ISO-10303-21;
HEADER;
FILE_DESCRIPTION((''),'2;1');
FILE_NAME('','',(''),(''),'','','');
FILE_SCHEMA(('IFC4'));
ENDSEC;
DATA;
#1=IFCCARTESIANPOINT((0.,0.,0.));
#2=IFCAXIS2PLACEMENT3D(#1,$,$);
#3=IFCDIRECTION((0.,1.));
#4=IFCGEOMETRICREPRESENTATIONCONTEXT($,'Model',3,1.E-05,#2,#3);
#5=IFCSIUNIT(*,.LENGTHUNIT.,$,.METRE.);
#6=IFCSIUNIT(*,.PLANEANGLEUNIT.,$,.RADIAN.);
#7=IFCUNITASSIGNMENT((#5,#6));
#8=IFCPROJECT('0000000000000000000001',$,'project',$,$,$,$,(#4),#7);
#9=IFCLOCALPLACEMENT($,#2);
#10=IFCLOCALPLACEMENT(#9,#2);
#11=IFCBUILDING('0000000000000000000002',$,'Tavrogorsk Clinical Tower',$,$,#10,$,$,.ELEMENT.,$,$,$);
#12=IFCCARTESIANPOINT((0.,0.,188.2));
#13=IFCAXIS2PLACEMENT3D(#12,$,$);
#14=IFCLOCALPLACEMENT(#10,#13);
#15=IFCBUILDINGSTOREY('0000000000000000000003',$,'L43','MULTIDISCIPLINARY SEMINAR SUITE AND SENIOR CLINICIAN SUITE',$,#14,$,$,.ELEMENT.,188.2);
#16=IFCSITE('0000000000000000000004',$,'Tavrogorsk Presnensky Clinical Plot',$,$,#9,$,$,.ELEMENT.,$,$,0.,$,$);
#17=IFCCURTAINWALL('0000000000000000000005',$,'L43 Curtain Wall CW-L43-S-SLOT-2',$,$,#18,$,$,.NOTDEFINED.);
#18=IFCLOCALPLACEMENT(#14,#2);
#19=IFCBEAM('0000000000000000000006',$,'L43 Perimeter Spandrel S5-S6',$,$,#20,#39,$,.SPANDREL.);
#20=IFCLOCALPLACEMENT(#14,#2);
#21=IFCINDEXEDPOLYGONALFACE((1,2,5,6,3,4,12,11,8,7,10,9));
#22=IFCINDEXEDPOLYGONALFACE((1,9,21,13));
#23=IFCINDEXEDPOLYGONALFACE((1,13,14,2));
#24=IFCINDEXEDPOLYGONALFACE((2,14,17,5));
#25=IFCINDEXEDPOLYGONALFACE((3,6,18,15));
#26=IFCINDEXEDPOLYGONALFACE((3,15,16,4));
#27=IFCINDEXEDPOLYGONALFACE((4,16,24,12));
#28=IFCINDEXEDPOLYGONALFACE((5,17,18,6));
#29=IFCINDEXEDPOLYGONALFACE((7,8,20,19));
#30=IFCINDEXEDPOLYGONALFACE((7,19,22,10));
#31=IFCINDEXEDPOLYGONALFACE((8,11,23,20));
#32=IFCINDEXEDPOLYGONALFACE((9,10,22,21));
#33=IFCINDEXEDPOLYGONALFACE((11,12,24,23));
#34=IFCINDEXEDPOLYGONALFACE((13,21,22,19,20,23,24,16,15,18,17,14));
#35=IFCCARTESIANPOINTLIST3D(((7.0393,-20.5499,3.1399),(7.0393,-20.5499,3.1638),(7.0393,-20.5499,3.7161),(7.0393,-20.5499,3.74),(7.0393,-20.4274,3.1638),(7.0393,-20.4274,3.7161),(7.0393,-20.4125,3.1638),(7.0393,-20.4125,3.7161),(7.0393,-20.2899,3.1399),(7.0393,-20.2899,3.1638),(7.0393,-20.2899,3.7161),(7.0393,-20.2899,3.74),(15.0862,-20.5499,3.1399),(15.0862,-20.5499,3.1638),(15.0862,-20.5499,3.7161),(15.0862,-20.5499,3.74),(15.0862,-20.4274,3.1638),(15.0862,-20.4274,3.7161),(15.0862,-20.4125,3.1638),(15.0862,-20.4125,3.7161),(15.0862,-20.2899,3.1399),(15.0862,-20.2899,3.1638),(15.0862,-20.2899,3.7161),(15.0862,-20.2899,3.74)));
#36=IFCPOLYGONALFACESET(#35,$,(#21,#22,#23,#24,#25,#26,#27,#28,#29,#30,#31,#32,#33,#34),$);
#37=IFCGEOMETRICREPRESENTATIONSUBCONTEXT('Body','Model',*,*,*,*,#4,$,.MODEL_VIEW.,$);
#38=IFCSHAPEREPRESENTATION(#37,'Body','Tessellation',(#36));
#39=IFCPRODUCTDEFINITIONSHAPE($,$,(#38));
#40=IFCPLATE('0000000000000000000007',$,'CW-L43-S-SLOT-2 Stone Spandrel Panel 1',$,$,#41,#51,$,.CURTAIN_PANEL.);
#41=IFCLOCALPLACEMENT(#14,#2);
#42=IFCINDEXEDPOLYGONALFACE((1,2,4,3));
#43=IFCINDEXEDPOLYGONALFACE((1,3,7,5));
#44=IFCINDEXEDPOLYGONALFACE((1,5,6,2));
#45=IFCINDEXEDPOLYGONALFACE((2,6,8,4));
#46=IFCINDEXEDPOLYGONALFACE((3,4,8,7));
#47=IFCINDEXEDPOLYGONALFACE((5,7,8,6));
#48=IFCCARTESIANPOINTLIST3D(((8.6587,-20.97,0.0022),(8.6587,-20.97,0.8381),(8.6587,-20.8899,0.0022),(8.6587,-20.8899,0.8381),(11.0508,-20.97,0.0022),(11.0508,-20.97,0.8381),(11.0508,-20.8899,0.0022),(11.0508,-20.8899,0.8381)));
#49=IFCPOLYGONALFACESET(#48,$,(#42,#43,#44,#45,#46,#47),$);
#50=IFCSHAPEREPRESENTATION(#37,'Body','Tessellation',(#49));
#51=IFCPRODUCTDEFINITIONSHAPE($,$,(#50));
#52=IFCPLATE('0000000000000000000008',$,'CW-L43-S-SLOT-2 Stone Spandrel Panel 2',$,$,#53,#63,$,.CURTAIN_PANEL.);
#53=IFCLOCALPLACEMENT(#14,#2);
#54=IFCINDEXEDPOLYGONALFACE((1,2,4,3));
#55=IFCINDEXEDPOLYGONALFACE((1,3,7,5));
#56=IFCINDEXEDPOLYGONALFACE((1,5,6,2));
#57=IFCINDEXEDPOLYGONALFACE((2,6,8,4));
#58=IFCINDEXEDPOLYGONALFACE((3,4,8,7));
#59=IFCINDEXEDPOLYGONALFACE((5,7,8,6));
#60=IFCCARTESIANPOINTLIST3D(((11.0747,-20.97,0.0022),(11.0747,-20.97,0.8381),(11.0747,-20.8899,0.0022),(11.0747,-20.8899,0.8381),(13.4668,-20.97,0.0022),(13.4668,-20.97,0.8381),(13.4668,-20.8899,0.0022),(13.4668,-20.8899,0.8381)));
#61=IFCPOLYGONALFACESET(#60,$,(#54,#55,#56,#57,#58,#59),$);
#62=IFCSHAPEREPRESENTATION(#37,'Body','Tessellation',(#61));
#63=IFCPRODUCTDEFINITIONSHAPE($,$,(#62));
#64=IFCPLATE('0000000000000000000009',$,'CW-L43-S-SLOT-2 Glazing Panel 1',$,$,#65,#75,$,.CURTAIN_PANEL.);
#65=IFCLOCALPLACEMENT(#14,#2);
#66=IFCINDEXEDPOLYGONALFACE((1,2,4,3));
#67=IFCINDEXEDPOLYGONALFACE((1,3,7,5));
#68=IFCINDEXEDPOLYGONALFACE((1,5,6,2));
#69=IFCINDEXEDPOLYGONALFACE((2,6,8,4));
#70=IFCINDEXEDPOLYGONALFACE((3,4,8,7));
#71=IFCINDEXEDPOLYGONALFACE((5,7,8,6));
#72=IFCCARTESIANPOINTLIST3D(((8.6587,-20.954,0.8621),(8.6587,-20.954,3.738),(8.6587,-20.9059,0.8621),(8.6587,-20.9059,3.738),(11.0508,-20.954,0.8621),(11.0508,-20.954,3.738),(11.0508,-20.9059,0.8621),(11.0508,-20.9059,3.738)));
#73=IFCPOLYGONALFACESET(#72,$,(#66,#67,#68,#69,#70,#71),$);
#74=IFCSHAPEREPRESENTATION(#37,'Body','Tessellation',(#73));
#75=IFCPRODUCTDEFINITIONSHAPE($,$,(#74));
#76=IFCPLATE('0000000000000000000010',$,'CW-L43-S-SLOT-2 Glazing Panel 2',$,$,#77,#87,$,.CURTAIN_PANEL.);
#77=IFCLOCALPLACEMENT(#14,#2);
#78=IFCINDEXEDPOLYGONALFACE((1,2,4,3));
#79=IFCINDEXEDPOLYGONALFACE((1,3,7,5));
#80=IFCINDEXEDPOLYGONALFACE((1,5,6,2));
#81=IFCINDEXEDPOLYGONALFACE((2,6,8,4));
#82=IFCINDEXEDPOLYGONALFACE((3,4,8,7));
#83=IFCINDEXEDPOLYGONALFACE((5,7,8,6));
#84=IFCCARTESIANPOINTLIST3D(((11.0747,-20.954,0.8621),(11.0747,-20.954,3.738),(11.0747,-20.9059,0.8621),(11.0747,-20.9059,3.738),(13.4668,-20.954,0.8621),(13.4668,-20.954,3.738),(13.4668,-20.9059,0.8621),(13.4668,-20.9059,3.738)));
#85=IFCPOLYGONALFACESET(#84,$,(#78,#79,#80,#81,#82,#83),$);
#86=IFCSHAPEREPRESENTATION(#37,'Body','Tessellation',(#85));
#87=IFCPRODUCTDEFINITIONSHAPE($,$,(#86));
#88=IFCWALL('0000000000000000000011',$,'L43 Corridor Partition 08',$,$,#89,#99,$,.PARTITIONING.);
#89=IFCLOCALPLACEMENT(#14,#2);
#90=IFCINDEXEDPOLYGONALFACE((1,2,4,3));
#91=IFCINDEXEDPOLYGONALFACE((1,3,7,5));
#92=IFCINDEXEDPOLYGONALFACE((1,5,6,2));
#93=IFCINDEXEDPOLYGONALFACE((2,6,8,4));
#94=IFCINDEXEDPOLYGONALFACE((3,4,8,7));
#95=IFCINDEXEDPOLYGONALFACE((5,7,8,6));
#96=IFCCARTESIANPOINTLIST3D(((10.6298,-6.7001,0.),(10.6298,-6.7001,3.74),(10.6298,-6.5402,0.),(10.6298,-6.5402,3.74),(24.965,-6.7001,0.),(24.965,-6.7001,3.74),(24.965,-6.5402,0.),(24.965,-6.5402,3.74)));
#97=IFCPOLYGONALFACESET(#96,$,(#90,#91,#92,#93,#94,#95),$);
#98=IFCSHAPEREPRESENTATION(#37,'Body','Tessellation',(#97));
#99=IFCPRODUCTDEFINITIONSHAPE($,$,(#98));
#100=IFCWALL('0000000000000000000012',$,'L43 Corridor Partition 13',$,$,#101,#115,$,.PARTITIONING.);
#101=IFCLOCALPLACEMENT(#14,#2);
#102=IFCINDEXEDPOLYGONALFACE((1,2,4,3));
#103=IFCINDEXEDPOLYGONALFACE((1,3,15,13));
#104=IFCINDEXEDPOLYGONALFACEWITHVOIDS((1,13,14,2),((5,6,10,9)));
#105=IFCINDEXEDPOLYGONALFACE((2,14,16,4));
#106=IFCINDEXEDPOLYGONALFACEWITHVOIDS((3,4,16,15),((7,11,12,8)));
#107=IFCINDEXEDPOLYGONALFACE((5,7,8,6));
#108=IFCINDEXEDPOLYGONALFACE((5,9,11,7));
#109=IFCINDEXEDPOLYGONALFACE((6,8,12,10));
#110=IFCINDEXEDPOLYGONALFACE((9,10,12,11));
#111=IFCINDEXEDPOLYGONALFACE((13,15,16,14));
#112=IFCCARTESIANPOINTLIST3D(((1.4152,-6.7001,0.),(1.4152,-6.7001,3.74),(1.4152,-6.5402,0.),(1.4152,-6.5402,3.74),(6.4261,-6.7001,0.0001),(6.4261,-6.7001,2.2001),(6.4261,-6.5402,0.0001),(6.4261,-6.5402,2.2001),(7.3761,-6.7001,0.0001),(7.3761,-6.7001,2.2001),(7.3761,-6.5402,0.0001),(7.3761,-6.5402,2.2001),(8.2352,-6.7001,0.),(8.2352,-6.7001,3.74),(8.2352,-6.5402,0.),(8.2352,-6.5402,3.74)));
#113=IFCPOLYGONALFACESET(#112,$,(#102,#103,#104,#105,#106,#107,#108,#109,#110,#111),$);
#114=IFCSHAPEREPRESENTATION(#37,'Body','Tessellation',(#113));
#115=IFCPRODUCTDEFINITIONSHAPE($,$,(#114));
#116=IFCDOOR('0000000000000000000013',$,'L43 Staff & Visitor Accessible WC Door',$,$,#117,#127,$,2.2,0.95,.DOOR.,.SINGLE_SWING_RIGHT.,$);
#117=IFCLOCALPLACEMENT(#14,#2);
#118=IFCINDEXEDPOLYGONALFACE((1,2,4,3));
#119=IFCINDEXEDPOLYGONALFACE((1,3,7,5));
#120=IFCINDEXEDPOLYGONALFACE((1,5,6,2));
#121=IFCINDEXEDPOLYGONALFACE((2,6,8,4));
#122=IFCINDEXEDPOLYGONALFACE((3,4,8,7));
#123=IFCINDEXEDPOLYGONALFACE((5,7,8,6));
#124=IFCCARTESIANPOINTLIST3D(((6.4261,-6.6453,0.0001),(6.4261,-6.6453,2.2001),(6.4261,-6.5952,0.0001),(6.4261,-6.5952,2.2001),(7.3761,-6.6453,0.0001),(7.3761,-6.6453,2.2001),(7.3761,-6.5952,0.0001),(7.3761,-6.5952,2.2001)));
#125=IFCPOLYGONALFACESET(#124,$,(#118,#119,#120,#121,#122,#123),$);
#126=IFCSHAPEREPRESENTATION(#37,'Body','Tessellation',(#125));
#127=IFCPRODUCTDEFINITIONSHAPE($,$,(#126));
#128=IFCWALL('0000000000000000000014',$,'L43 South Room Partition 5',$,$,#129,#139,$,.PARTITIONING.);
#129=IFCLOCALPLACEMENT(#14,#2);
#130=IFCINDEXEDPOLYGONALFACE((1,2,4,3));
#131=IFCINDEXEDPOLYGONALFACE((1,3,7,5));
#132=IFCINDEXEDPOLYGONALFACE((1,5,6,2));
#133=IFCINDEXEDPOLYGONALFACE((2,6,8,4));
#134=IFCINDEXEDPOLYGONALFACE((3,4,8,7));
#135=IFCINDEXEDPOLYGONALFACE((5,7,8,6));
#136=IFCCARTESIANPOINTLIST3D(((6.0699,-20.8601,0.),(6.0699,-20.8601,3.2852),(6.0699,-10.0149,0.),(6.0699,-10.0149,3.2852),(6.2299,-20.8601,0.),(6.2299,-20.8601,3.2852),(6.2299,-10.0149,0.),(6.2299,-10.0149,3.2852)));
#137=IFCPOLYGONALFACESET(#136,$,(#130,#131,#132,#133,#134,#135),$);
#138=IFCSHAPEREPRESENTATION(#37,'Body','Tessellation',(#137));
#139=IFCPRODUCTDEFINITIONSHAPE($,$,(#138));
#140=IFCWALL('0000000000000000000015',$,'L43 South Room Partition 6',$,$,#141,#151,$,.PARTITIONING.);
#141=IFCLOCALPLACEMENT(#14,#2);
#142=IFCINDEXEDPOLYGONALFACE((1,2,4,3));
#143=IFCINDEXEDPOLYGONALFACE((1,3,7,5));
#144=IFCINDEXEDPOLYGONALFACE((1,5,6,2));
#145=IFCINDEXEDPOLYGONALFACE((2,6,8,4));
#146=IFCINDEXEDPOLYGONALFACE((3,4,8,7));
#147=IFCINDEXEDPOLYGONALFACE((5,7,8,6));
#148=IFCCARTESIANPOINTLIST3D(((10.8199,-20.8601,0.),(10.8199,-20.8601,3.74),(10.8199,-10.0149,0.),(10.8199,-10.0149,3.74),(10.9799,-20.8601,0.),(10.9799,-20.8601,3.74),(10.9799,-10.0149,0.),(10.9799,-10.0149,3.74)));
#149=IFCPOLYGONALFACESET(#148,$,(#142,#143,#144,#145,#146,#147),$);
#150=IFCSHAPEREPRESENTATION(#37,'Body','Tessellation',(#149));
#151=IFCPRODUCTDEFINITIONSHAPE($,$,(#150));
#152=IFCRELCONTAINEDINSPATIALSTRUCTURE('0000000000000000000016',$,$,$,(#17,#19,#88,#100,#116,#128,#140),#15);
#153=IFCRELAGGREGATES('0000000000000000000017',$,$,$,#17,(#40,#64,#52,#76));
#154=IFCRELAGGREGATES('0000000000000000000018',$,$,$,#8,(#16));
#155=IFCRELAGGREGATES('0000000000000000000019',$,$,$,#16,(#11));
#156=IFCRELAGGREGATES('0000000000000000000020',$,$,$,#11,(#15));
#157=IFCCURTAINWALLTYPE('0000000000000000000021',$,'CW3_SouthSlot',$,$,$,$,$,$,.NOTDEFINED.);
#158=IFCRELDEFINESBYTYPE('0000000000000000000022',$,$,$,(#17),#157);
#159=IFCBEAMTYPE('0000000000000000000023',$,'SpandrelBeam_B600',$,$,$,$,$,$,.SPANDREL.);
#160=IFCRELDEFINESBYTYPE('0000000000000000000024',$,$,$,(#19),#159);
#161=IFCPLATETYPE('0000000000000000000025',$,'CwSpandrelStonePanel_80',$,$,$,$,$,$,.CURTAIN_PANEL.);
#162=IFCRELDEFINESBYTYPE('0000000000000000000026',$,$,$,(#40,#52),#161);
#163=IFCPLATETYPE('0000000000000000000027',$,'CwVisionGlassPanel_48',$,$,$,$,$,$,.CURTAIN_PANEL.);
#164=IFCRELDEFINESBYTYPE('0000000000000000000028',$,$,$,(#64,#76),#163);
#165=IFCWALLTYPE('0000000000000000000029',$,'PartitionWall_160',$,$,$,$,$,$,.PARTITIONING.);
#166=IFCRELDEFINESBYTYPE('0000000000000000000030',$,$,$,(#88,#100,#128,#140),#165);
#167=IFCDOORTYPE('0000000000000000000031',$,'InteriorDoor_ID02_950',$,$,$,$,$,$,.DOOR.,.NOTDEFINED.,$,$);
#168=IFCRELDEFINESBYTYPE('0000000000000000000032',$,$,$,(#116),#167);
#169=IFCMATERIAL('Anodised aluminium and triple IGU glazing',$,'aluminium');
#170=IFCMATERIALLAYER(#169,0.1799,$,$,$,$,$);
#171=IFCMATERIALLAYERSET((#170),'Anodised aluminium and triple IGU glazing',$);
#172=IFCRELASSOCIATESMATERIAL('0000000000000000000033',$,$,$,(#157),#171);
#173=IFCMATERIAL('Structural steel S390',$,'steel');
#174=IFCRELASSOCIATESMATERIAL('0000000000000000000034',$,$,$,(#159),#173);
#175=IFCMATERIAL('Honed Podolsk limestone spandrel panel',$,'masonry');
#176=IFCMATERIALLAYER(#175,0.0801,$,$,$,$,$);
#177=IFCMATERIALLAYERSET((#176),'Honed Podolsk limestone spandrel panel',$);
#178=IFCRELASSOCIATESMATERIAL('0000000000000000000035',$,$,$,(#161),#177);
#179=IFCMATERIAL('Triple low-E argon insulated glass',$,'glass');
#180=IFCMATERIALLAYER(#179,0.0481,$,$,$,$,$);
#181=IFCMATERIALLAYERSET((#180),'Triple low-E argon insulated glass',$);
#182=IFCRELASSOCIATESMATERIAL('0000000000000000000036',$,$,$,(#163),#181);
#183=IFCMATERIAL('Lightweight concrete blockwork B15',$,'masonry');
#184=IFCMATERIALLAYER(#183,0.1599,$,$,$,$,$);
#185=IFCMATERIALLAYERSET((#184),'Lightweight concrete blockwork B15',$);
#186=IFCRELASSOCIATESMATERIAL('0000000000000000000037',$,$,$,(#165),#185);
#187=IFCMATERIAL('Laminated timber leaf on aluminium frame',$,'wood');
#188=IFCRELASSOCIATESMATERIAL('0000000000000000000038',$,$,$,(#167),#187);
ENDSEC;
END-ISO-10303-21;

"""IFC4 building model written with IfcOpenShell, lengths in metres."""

from ifc_helpers import new_model, si_unit, direction, frame, frame_2d, origin, origin_2d, place, context, subcontext, project, spatial, rectangle, i_section, extrude, material, layer, layer_set, material_profile, profile_set, type_object, element, fill, aggregate, save


model = new_model("IFC4")

# Units and contexts
model_context = context("Model", 3, precision=1e-05, world=origin(), true_north=direction((0.0, 1.0)))
body_context = subcontext(model_context, "Body", "Model", "MODEL_VIEW")
ifc_project = project(units=[si_unit("LENGTHUNIT", "METRE"), si_unit("PLANEANGLEUNIT", "RADIAN")], contexts=[model_context])

# Site, building, storey
site_placement = place(None, origin())
site = spatial("IfcSite", under=ifc_project, at=site_placement, Name="Tavrogorsk Presnensky Clinical Plot", CompositionType="ELEMENT", RefElevation=0.0)
building_placement = place(site_placement, origin())
building = spatial("IfcBuilding", under=site, at=building_placement, Name="Tavrogorsk Clinical Tower", CompositionType="ELEMENT")
storey_placement = place(building_placement, frame((0.0, 0.0, 188.2)))
storey = spatial("IfcBuildingStorey", under=building, at=storey_placement, Name="L43", Description="MULTIDISCIPLINARY SEMINAR SUITE AND SENIOR CLINICIAN SUITE", CompositionType="ELEMENT", Elevation=188.2)

# Curtain wall
ifc_material_1 = material(Name="Anodised aluminium and triple IGU glazing", Category="aluminium")
ifc_layer_1 = layer(ifc_material_1, 0.1799)
ifc_layer_set_1 = layer_set([ifc_layer_1], Name="Anodised aluminium and triple IGU glazing")
curtain_wall_type = type_object("IfcCurtainWallType", Name="CW3_SouthSlot", PredefinedType="NOTDEFINED", material=ifc_layer_set_1)
curtain_wall_placement = place(storey_placement, origin())
curtain_wall = element("IfcCurtainWall", 1, at=curtain_wall_placement, inside=storey, type_object=curtain_wall_type, Name="L43 Curtain Wall CW-L43-S-SLOT-2", PredefinedType="NOTDEFINED")

# Beam
ifc_material_2 = material(Name="Structural steel S390", Category="steel")
ifc_material_profile_1 = material_profile(ifc_material_2, i_section(OverallWidth=0.26, OverallDepth=0.6001, WebThickness=0.0149, FlangeThickness=0.0239, at=origin_2d()), Name="B-600x260x15x24")
ifc_profile_set_1 = profile_set([ifc_material_profile_1], Name="Structural steel S390")
beam_type_1 = type_object("IfcBeamType", Name="SpandrelBeam_B600", PredefinedType="SPANDREL", material=ifc_profile_set_1)
beam_1_placement = place(storey_placement, frame((7.0393, -20.4199, 3.4399), z_axis=(1.0, 0.0, 0.0), x_axis=(0.0, 1.0, 0.0)))
element("IfcBeam", 2, at=beam_1_placement, inside=storey, type_object=beam_type_1, Name="L43 Perimeter Spandrel S5-S6", PredefinedType="SPANDREL", context=body_context, shape_type="SweptSolid", body=[
    extrude(i_section(OverallWidth=0.26, OverallDepth=0.6001, WebThickness=0.0149, FlangeThickness=0.0239, at=origin_2d()), origin(), (0.0, 0.0, 1.0), 8.0469),
])

# Plates
ifc_material_3 = material(Name="Honed Podolsk limestone spandrel panel", Category="masonry")
ifc_layer_2 = layer(ifc_material_3, 0.0801)
ifc_layer_set_2 = layer_set([ifc_layer_2], Name="Honed Podolsk limestone spandrel panel")
plate_type_1 = type_object("IfcPlateType", Name="CwSpandrelStonePanel_80", PredefinedType="CURTAIN_PANEL", material=ifc_layer_set_2)
plate_1_placement = place(storey_placement, frame((9.8547, -20.9299, 0.0022), z_axis=(0.0, 0.0, 1.0), x_axis=(1.0, 0.0, 0.0)))
plate_1 = element("IfcPlate", 3, at=plate_1_placement, type_object=plate_type_1, Name="CW-L43-S-SLOT-2 Stone Spandrel Panel 1", PredefinedType="CURTAIN_PANEL", context=body_context, shape_type="SweptSolid", body=[
    extrude(rectangle(XDim=2.3921, YDim=0.0801, at=origin_2d()), origin(), (0.0, 0.0, 1.0), 0.8359),
])
plate_2_placement = place(storey_placement, frame((12.2708, -20.9299, 0.0022), z_axis=(0.0, 0.0, 1.0), x_axis=(1.0, 0.0, 0.0)))
plate_2 = element("IfcPlate", 4, at=plate_2_placement, type_object=plate_type_1, Name="CW-L43-S-SLOT-2 Stone Spandrel Panel 2", PredefinedType="CURTAIN_PANEL", context=body_context, shape_type="SweptSolid", body=[
    extrude(rectangle(XDim=2.3921, YDim=0.0801, at=origin_2d()), origin(), (0.0, 0.0, 1.0), 0.8359),
])
ifc_material_4 = material(Name="Triple low-E argon insulated glass", Category="glass")
ifc_layer_3 = layer(ifc_material_4, 0.0481)
ifc_layer_set_3 = layer_set([ifc_layer_3], Name="Triple low-E argon insulated glass")
plate_type_2 = type_object("IfcPlateType", Name="CwVisionGlassPanel_48", PredefinedType="CURTAIN_PANEL", material=ifc_layer_set_3)
plate_3_placement = place(storey_placement, frame((9.8547, -20.9299, 0.8621), z_axis=(0.0, 0.0, 1.0), x_axis=(1.0, 0.0, 0.0)))
plate_3 = element("IfcPlate", 5, at=plate_3_placement, type_object=plate_type_2, Name="CW-L43-S-SLOT-2 Glazing Panel 1", PredefinedType="CURTAIN_PANEL", context=body_context, shape_type="SweptSolid", body=[
    extrude(rectangle(XDim=2.3921, YDim=0.0481, at=origin_2d()), origin(), (0.0, 0.0, 1.0), 2.876),
])
plate_4_placement = place(storey_placement, frame((12.2708, -20.9299, 0.8621), z_axis=(0.0, 0.0, 1.0), x_axis=(1.0, 0.0, 0.0)))
plate_4 = element("IfcPlate", 6, at=plate_4_placement, type_object=plate_type_2, Name="CW-L43-S-SLOT-2 Glazing Panel 2", PredefinedType="CURTAIN_PANEL", context=body_context, shape_type="SweptSolid", body=[
    extrude(rectangle(XDim=2.3921, YDim=0.0481, at=origin_2d()), origin(), (0.0, 0.0, 1.0), 2.876),
])
aggregate(curtain_wall, [plate_1, plate_3, plate_2, plate_4])

# Wall
ifc_material_5 = material(Name="Lightweight concrete blockwork B15", Category="masonry")
ifc_layer_4 = layer(ifc_material_5, 0.1599)
ifc_layer_set_4 = layer_set([ifc_layer_4], Name="Lightweight concrete blockwork B15")
wall_type_1 = type_object("IfcWallType", Name="PartitionWall_160", PredefinedType="PARTITIONING", material=ifc_layer_set_4)
wall_1_placement = place(storey_placement, frame((10.6299, -6.6201, 0.0), z_axis=(0.0, 0.0, 1.0), x_axis=(1.0, 0.0, 0.0)))
element("IfcWall", 7, at=wall_1_placement, inside=storey, type_object=wall_type_1, Name="L43 Corridor Partition 08", PredefinedType="PARTITIONING", context=body_context, shape_type="SweptSolid", body=[
    extrude(rectangle(XDim=14.3352, YDim=0.1599, at=frame_2d((7.1675, 0.0))), origin(), (0.0, 0.0, 1.0), 3.74),
])

# Wall, opening, door
wall_2_placement = place(storey_placement, frame((1.415, -6.6201, 0.0), z_axis=(0.0, 0.0, 1.0), x_axis=(1.0, 0.0, 0.0)))
wall_2 = element("IfcWall", 8, at=wall_2_placement, inside=storey, type_object=wall_type_1, Name="L43 Corridor Partition 13", PredefinedType="PARTITIONING", context=body_context, shape_type="SweptSolid", body=[
    extrude(rectangle(XDim=6.8201, YDim=0.1599, at=frame_2d((3.4102, 0.0))), origin(), (0.0, 0.0, 1.0), 3.74),
])
opening_1_placement = place(wall_2_placement, frame((5.011, 0.0, 0.0)))
opening_1 = element("IfcOpeningElement", 9, at=opening_1_placement, cuts=wall_2, PredefinedType="OPENING", context=body_context, shape_type="SweptSolid", body=[
    extrude(rectangle(XDim=0.95, YDim=2.2, at=frame_2d((0.4751, 1.1001))), frame((0.0, 0.0898, 0.0), z_axis=(0.0, -1.0, 0.0), x_axis=(1.0, 0.0, 0.0)), (0.0, 0.0, 1.0), 0.1799),
])
ifc_material_6 = material(Name="Laminated timber leaf on aluminium frame", Category="wood")
door_type = type_object("IfcDoorType", Name="InteriorDoor_ID02_950", OperationType="NOTDEFINED", PredefinedType="DOOR", material=ifc_material_6)
door_placement = place(opening_1_placement, origin())
door = element("IfcDoor", 10, at=door_placement, inside=storey, type_object=door_type, Name="L43 Staff & Visitor Accessible WC Door", OperationType="SINGLE_SWING_RIGHT", OverallHeight=2.2, OverallWidth=0.95, PredefinedType="DOOR", context=body_context, shape_type="SweptSolid", body=[
    extrude(rectangle(XDim=0.95, YDim=2.2, at=frame_2d((0.4751, 1.1001))), frame((0.0, 0.0249, 0.0), z_axis=(0.0, -1.0, 0.0), x_axis=(1.0, 0.0, 0.0)), (0.0, 0.0, 1.0), 0.05),
])
fill(opening_1, door)

# Walls
wall_3_placement = place(storey_placement, frame((6.1499, -20.8601, 0.0), z_axis=(0.0, 0.0, 1.0), x_axis=(0.0, 1.0, 0.0)))
element("IfcWall", 11, at=wall_3_placement, inside=storey, type_object=wall_type_1, Name="L43 South Room Partition 5", PredefinedType="PARTITIONING", context=body_context, shape_type="SweptSolid", body=[
    extrude(rectangle(XDim=10.8452, YDim=0.1599, at=frame_2d((5.4226, 0.0))), origin(), (0.0, 0.0, 1.0), 3.2852),
])
wall_4_placement = place(storey_placement, frame((10.8999, -20.8601, 0.0), z_axis=(0.0, 0.0, 1.0), x_axis=(0.0, 1.0, 0.0)))
element("IfcWall", 12, at=wall_4_placement, inside=storey, type_object=wall_type_1, Name="L43 South Room Partition 6", PredefinedType="PARTITIONING", context=body_context, shape_type="SweptSolid", body=[
    extrude(rectangle(XDim=10.8452, YDim=0.1599, at=frame_2d((5.4226, 0.0))), origin(), (0.0, 0.0, 1.0), 3.74),
])

save(model, "model.ifc")
